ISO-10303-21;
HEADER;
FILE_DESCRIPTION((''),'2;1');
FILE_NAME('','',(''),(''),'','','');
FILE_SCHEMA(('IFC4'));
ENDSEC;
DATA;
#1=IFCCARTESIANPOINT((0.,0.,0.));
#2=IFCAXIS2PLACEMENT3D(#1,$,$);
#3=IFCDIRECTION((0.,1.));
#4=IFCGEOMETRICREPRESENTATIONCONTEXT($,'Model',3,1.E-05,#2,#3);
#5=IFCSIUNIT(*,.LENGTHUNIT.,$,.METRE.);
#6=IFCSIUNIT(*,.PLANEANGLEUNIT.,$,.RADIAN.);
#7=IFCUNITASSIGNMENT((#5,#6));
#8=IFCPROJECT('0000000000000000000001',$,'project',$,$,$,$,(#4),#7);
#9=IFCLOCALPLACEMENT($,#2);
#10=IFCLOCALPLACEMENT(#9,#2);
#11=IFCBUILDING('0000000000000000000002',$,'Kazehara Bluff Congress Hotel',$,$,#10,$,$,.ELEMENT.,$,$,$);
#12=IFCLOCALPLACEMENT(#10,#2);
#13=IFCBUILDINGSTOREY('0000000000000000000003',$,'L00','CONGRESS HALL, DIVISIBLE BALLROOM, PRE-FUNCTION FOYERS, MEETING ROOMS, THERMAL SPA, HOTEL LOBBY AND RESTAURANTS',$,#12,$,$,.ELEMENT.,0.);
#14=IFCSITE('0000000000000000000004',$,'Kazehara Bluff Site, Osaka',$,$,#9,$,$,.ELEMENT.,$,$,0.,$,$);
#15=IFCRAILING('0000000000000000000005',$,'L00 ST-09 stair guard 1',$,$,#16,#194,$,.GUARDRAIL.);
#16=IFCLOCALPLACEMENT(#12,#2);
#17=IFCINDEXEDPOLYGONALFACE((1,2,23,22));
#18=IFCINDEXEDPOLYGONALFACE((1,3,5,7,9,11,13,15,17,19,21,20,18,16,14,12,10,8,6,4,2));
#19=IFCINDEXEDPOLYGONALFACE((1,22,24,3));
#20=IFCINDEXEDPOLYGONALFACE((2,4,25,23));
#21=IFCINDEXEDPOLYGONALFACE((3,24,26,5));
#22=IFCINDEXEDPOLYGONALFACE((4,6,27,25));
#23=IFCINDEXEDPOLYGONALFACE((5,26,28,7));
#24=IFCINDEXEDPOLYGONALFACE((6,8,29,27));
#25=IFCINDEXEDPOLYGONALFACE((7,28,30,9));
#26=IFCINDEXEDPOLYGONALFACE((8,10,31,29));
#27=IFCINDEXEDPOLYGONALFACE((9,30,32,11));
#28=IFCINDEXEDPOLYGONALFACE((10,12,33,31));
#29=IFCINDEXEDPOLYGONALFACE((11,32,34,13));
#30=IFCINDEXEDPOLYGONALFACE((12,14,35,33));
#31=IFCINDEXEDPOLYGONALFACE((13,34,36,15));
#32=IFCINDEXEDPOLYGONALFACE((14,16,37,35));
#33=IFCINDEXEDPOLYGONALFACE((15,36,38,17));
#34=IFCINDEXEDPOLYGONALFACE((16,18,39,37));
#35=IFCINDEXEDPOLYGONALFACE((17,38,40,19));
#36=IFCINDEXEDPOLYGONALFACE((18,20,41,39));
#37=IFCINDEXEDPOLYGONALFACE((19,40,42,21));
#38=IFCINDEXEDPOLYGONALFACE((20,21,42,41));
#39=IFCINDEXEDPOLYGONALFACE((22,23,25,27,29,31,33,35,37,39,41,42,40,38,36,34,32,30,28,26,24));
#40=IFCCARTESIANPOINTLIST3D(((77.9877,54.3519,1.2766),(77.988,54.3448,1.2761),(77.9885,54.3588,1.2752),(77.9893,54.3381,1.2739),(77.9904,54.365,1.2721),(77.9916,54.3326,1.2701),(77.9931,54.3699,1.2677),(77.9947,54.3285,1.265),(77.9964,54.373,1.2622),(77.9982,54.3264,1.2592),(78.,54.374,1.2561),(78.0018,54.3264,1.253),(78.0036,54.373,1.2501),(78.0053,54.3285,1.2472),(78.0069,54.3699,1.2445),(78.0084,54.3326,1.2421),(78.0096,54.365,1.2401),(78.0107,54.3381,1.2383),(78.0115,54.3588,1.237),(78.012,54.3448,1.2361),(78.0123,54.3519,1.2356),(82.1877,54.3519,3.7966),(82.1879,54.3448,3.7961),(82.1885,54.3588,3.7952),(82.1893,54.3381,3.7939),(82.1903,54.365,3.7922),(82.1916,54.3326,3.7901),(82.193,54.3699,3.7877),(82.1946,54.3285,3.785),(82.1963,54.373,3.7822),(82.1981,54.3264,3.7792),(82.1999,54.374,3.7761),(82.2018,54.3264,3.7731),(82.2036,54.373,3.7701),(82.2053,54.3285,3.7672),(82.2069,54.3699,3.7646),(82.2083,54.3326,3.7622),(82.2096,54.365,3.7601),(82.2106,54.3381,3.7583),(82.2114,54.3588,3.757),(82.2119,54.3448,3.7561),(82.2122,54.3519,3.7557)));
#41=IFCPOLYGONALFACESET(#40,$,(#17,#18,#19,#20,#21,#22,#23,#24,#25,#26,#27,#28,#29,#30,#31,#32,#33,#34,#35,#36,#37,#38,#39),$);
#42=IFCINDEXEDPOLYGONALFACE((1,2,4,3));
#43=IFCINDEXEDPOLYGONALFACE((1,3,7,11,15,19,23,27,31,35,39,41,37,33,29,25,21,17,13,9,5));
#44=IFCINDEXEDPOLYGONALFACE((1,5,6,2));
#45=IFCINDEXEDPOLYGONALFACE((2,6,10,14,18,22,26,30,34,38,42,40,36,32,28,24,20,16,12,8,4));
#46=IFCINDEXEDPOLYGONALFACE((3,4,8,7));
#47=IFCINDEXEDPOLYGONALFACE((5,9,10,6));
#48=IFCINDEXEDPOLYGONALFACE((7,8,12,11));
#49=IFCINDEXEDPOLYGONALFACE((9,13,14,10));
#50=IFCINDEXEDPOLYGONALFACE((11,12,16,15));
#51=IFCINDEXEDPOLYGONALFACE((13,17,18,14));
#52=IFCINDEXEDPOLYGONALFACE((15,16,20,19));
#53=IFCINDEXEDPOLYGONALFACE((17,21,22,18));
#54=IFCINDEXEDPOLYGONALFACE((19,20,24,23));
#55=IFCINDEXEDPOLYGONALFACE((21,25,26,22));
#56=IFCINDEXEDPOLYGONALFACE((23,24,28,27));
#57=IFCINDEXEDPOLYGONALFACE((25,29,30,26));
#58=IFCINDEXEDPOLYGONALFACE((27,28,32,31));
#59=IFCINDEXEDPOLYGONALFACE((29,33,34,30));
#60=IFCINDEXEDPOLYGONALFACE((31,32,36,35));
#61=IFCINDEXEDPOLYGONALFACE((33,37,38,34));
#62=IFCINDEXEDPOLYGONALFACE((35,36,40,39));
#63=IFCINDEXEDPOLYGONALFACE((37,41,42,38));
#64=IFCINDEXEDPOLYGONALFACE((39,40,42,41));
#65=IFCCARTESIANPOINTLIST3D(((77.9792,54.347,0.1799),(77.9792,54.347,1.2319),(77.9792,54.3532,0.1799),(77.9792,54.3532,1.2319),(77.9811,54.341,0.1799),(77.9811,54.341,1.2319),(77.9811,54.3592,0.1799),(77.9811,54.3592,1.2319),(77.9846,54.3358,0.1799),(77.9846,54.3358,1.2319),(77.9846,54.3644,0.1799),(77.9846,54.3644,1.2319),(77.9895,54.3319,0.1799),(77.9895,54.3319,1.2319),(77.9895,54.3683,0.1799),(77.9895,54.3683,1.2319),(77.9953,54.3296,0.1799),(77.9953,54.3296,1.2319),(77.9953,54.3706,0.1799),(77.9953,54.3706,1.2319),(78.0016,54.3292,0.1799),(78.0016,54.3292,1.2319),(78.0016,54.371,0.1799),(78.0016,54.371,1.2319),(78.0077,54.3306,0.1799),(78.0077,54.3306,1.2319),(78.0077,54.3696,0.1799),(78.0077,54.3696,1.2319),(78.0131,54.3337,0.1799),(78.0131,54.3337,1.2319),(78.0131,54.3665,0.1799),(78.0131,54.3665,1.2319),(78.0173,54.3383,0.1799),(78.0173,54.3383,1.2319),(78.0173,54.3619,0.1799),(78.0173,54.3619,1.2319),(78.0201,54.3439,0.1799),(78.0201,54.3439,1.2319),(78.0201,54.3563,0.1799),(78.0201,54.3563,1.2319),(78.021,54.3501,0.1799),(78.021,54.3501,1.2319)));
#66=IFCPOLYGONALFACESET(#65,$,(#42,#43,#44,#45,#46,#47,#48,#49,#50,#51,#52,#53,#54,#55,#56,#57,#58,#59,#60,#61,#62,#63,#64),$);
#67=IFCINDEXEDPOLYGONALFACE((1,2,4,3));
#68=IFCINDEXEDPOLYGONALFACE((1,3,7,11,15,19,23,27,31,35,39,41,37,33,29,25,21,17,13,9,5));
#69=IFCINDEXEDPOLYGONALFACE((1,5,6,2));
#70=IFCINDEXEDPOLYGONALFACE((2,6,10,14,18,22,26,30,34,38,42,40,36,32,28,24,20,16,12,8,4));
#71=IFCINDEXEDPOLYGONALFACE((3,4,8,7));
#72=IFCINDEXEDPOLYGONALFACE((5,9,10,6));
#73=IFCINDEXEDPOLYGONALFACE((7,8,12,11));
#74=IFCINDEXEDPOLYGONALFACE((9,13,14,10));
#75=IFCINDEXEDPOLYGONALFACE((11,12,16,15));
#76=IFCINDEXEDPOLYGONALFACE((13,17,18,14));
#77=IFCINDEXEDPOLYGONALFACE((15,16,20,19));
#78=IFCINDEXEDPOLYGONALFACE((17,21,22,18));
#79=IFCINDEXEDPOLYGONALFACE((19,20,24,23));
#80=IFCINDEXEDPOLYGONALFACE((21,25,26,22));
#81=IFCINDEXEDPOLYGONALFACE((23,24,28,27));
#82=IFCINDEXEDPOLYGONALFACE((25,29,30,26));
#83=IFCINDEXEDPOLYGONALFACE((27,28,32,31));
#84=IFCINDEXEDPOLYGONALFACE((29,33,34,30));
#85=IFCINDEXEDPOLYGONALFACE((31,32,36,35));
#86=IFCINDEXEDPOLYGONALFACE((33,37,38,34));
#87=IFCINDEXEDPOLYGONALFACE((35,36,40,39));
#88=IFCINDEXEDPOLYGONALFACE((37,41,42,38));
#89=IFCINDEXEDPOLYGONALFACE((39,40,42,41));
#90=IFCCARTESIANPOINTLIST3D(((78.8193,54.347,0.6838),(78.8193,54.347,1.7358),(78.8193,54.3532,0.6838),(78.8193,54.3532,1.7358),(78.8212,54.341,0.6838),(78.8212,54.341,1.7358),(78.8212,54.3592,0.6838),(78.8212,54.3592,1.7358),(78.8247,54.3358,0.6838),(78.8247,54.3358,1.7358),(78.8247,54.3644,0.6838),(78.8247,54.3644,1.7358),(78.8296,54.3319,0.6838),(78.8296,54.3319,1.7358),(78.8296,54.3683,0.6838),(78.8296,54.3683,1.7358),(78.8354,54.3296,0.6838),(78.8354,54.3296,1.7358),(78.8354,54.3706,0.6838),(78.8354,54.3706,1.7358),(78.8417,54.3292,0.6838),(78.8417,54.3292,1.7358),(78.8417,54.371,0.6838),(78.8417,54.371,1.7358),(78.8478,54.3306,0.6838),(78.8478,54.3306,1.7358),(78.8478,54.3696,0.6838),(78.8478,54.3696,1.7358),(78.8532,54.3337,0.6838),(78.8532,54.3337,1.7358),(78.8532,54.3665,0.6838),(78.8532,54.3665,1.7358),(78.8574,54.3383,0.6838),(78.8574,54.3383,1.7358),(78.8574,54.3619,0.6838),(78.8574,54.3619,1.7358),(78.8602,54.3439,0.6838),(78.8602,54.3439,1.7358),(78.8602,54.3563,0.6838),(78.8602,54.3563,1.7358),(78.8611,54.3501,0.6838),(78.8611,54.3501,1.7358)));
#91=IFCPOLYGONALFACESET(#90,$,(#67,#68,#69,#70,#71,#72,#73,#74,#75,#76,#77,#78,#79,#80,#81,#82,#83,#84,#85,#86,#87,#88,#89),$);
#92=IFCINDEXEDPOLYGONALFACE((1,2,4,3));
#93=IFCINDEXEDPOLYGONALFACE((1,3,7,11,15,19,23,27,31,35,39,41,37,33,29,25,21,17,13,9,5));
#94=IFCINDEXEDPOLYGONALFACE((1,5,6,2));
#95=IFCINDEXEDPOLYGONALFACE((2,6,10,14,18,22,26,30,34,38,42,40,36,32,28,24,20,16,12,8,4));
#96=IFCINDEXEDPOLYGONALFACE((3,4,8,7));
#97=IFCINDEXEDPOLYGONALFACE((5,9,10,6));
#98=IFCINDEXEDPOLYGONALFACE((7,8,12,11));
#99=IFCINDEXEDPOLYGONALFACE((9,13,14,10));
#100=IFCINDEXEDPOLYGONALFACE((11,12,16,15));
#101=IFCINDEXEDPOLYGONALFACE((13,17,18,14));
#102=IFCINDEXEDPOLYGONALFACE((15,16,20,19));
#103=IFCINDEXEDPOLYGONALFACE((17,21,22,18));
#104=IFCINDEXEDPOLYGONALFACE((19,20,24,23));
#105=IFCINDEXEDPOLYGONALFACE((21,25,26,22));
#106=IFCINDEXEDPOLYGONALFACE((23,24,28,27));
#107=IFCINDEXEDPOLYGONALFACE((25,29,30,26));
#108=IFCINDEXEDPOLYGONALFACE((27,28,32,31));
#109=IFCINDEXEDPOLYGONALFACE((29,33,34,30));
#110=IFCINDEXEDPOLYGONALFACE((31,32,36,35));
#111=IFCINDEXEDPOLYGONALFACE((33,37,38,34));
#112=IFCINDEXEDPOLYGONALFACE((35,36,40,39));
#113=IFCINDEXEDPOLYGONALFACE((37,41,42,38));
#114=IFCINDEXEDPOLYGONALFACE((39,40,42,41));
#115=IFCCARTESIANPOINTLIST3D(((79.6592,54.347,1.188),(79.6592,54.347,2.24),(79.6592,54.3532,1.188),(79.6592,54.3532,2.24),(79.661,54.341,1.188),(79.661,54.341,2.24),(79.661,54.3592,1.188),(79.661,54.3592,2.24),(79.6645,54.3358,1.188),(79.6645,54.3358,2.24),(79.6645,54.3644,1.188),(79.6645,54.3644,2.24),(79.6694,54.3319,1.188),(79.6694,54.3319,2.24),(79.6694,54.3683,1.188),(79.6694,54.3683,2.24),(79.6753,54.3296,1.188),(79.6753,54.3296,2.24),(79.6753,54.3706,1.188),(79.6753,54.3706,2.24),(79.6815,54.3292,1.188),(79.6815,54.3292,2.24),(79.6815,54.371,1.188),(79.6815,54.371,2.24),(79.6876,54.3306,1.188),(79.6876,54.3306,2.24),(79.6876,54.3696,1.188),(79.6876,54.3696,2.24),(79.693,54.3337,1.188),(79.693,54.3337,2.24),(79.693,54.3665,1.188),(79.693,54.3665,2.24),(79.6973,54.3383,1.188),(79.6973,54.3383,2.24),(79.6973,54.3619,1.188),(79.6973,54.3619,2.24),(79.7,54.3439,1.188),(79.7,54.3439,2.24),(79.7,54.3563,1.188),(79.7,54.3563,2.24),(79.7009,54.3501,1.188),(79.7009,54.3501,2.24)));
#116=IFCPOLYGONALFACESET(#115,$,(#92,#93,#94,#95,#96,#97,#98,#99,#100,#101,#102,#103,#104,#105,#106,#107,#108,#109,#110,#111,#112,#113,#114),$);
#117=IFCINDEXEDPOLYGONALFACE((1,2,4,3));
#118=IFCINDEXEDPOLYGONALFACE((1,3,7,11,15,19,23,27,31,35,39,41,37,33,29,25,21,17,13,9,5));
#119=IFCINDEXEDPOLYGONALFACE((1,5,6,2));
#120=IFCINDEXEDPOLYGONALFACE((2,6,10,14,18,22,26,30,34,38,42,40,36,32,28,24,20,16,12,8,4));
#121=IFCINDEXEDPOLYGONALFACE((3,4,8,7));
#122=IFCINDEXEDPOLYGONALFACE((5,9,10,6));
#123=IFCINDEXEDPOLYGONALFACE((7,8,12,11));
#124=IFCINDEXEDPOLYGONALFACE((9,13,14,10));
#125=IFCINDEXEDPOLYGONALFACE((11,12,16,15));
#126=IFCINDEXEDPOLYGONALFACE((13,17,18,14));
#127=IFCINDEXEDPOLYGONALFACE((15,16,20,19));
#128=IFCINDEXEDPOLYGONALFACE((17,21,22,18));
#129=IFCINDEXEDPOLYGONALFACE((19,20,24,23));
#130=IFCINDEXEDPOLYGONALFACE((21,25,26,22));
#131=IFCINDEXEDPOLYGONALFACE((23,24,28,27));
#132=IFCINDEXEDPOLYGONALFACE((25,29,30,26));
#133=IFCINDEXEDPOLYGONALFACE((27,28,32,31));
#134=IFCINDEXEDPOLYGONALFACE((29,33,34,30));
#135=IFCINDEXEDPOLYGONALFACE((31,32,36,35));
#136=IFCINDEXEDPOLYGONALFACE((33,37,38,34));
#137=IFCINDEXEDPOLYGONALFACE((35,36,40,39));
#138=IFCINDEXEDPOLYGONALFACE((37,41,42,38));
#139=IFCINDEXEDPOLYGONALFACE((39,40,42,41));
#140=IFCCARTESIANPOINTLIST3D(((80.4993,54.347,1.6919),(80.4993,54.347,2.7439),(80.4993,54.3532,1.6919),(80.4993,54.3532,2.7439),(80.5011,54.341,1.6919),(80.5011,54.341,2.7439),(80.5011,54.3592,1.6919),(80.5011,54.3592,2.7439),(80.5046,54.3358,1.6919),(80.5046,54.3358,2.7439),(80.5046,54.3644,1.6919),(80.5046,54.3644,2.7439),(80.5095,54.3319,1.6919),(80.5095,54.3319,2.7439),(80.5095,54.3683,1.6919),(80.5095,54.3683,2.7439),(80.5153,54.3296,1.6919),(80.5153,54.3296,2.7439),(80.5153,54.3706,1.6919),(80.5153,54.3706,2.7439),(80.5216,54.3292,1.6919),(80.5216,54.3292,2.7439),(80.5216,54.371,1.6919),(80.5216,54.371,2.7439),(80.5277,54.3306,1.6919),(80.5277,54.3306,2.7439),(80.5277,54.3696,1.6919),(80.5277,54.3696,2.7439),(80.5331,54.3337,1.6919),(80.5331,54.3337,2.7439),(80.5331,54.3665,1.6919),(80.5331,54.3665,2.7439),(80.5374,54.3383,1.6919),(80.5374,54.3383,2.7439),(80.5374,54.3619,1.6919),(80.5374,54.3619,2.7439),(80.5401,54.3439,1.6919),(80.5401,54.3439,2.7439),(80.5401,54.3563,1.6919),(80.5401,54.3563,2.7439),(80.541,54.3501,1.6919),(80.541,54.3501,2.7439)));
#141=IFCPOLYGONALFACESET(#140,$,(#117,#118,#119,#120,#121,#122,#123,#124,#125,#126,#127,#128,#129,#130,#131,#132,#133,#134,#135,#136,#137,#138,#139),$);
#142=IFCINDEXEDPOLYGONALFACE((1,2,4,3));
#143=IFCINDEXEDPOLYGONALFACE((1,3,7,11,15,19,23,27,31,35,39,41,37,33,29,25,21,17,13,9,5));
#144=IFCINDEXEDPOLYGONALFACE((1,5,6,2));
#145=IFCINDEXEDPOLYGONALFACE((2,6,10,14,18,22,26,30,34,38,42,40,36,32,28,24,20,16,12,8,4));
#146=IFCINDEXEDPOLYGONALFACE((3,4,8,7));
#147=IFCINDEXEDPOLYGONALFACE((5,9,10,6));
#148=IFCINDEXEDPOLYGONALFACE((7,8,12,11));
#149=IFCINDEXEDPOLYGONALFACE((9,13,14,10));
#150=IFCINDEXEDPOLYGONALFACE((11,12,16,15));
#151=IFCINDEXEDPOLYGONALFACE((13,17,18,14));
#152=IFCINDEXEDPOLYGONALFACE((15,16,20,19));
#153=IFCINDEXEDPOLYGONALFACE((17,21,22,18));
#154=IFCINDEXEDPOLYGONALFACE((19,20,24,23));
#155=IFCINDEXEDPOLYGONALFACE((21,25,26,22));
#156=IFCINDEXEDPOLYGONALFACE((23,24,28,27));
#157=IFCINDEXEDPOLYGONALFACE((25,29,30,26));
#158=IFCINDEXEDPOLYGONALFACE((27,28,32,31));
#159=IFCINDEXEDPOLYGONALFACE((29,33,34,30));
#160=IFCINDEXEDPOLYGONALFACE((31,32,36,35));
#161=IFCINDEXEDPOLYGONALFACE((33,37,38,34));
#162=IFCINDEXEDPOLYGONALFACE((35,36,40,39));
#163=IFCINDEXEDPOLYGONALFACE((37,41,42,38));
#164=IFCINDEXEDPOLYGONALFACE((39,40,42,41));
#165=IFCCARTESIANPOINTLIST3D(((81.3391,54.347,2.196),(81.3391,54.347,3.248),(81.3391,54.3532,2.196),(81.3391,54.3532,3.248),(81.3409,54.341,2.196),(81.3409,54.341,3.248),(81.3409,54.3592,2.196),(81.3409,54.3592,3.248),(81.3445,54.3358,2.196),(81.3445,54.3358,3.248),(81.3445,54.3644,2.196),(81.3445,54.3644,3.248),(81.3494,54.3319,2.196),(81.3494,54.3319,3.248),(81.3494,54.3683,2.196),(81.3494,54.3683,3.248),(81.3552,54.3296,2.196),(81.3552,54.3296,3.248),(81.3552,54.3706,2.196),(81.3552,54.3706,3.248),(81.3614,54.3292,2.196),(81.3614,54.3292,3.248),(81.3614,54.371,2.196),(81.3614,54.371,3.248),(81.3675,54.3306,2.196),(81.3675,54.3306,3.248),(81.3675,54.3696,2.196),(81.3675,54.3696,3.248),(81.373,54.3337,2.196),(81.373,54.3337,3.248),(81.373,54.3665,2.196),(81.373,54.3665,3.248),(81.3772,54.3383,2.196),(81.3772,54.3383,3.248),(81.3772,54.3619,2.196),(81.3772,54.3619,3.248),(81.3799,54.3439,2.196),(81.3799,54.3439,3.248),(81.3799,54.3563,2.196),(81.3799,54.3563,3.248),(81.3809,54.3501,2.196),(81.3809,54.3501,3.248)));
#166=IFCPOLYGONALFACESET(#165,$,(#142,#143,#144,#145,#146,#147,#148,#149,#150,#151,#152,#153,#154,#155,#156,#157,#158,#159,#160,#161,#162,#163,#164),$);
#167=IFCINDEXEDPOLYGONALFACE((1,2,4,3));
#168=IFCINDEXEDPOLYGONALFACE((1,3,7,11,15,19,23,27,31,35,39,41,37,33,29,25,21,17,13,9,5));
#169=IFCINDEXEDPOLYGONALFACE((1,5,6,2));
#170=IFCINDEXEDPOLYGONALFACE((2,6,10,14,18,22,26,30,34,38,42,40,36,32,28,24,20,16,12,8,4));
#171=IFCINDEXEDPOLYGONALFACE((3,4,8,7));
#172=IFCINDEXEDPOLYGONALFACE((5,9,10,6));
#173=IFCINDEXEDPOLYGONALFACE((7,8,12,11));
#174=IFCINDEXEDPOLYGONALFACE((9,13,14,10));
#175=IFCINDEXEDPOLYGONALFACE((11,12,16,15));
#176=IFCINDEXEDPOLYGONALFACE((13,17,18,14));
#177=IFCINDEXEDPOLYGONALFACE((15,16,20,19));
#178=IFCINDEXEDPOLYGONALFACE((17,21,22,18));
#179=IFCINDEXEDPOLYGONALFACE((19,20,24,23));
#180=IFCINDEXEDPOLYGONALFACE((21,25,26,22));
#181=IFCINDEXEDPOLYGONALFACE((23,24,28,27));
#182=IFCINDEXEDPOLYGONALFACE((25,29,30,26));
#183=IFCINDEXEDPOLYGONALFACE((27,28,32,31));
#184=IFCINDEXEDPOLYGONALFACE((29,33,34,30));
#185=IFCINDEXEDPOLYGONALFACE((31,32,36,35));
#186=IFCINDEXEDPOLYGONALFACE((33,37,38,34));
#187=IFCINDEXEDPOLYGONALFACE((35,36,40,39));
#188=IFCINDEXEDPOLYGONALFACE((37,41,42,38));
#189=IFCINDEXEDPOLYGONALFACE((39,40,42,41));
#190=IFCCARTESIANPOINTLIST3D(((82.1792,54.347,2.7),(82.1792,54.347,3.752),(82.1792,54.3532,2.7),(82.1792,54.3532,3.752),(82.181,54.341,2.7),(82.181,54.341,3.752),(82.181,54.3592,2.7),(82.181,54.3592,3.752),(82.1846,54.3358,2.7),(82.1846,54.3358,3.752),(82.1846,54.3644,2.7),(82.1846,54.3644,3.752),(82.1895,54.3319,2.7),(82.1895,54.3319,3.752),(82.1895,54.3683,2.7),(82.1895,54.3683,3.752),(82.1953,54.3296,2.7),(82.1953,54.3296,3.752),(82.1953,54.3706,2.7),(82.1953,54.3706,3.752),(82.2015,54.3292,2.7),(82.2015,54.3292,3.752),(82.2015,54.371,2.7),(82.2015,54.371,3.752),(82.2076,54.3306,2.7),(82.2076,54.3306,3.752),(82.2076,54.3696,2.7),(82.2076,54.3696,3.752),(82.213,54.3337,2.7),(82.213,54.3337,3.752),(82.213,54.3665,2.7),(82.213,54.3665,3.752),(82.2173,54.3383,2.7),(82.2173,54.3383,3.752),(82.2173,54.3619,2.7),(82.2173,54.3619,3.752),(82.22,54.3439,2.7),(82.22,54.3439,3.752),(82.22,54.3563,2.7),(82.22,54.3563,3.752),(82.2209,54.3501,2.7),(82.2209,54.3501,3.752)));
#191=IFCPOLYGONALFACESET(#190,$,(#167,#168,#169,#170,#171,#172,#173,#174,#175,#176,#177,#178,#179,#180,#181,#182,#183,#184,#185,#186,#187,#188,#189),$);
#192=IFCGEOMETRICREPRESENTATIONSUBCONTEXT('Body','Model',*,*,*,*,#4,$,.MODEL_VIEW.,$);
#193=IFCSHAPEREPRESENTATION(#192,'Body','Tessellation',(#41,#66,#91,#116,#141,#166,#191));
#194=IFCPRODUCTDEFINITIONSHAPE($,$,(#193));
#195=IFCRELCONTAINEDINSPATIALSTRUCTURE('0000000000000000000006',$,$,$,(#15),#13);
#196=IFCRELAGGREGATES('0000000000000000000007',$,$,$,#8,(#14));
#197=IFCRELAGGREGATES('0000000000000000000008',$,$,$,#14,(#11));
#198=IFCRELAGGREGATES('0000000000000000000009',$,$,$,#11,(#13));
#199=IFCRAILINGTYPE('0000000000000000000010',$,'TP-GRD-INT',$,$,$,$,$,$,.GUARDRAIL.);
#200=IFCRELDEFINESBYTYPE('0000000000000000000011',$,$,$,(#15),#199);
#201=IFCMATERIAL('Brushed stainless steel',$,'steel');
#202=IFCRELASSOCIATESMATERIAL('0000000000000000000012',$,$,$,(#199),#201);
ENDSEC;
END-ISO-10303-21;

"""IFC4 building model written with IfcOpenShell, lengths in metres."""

from ifc_helpers import new_model, si_unit, direction, frame, origin, origin_2d, place, context, subcontext, project, spatial, circle, extrude, material, type_object, element, save


model = new_model("IFC4")

# Units and contexts
model_context = context("Model", 3, precision=1e-05, world=origin(), true_north=direction((0.0, 1.0)))
body_context = subcontext(model_context, "Body", "Model", "MODEL_VIEW")
ifc_project = project(units=[si_unit("LENGTHUNIT", "METRE"), si_unit("PLANEANGLEUNIT", "RADIAN")], contexts=[model_context])

# Site, building, storey
site_placement = place(None, origin())
site = spatial("IfcSite", under=ifc_project, at=site_placement, Name="Kazehara Bluff Site, Osaka", CompositionType="ELEMENT", RefElevation=0.0)
building_placement = place(site_placement, origin())
building = spatial("IfcBuilding", under=site, at=building_placement, Name="Kazehara Bluff Congress Hotel", CompositionType="ELEMENT")
storey_placement = place(building_placement, origin())
storey = spatial("IfcBuildingStorey", under=building, at=storey_placement, Name="L00", Description="CONGRESS HALL, DIVISIBLE BALLROOM, PRE-FUNCTION FOYERS, MEETING ROOMS, THERMAL SPA, HOTEL LOBBY AND RESTAURANTS", CompositionType="ELEMENT", Elevation=0.0)

# Railing
ifc_material_1 = material(Name="Brushed stainless steel", Category="steel")
railing_type_1 = type_object("IfcRailingType", Name="TP-GRD-INT", PredefinedType="GUARDRAIL", material=ifc_material_1)
railing_1_placement = place(storey_placement, frame((78.0, 54.3501, 0.1799)))
element("IfcRailing", 1, at=railing_1_placement, inside=storey, type_object=railing_type_1, Name="L00 ST-09 stair guard 1", PredefinedType="GUARDRAIL", context=body_context, shape_type="SweptSolid", body=[
    extrude(circle(Radius=0.0239, at=origin_2d()), frame((0.0, 0.0, 1.0762), z_axis=(0.857489, 0.0, 0.514503), x_axis=(0.0, 1.0, 0.0)), (0.0, 0.0, 1.0), 4.8979),
    extrude(circle(Radius=0.021, at=origin_2d()), origin(), (0.0, 0.0, 1.0), 1.052),
    extrude(circle(Radius=0.021, at=origin_2d()), frame((0.8401, 0.0, 0.5039)), (0.0, 0.0, 1.0), 1.052),
    extrude(circle(Radius=0.021, at=origin_2d()), frame((1.6799, 0.0, 1.0081)), (0.0, 0.0, 1.0), 1.052),
    extrude(circle(Radius=0.021, at=origin_2d()), frame((2.52, 0.0, 1.512)), (0.0, 0.0, 1.0), 1.052),
    extrude(circle(Radius=0.021, at=origin_2d()), frame((3.3599, 0.0, 2.0161)), (0.0, 0.0, 1.0), 1.052),
    extrude(circle(Radius=0.021, at=origin_2d()), frame((4.2, 0.0, 2.52)), (0.0, 0.0, 1.0), 1.052),
])

save(model, "model.ifc")
